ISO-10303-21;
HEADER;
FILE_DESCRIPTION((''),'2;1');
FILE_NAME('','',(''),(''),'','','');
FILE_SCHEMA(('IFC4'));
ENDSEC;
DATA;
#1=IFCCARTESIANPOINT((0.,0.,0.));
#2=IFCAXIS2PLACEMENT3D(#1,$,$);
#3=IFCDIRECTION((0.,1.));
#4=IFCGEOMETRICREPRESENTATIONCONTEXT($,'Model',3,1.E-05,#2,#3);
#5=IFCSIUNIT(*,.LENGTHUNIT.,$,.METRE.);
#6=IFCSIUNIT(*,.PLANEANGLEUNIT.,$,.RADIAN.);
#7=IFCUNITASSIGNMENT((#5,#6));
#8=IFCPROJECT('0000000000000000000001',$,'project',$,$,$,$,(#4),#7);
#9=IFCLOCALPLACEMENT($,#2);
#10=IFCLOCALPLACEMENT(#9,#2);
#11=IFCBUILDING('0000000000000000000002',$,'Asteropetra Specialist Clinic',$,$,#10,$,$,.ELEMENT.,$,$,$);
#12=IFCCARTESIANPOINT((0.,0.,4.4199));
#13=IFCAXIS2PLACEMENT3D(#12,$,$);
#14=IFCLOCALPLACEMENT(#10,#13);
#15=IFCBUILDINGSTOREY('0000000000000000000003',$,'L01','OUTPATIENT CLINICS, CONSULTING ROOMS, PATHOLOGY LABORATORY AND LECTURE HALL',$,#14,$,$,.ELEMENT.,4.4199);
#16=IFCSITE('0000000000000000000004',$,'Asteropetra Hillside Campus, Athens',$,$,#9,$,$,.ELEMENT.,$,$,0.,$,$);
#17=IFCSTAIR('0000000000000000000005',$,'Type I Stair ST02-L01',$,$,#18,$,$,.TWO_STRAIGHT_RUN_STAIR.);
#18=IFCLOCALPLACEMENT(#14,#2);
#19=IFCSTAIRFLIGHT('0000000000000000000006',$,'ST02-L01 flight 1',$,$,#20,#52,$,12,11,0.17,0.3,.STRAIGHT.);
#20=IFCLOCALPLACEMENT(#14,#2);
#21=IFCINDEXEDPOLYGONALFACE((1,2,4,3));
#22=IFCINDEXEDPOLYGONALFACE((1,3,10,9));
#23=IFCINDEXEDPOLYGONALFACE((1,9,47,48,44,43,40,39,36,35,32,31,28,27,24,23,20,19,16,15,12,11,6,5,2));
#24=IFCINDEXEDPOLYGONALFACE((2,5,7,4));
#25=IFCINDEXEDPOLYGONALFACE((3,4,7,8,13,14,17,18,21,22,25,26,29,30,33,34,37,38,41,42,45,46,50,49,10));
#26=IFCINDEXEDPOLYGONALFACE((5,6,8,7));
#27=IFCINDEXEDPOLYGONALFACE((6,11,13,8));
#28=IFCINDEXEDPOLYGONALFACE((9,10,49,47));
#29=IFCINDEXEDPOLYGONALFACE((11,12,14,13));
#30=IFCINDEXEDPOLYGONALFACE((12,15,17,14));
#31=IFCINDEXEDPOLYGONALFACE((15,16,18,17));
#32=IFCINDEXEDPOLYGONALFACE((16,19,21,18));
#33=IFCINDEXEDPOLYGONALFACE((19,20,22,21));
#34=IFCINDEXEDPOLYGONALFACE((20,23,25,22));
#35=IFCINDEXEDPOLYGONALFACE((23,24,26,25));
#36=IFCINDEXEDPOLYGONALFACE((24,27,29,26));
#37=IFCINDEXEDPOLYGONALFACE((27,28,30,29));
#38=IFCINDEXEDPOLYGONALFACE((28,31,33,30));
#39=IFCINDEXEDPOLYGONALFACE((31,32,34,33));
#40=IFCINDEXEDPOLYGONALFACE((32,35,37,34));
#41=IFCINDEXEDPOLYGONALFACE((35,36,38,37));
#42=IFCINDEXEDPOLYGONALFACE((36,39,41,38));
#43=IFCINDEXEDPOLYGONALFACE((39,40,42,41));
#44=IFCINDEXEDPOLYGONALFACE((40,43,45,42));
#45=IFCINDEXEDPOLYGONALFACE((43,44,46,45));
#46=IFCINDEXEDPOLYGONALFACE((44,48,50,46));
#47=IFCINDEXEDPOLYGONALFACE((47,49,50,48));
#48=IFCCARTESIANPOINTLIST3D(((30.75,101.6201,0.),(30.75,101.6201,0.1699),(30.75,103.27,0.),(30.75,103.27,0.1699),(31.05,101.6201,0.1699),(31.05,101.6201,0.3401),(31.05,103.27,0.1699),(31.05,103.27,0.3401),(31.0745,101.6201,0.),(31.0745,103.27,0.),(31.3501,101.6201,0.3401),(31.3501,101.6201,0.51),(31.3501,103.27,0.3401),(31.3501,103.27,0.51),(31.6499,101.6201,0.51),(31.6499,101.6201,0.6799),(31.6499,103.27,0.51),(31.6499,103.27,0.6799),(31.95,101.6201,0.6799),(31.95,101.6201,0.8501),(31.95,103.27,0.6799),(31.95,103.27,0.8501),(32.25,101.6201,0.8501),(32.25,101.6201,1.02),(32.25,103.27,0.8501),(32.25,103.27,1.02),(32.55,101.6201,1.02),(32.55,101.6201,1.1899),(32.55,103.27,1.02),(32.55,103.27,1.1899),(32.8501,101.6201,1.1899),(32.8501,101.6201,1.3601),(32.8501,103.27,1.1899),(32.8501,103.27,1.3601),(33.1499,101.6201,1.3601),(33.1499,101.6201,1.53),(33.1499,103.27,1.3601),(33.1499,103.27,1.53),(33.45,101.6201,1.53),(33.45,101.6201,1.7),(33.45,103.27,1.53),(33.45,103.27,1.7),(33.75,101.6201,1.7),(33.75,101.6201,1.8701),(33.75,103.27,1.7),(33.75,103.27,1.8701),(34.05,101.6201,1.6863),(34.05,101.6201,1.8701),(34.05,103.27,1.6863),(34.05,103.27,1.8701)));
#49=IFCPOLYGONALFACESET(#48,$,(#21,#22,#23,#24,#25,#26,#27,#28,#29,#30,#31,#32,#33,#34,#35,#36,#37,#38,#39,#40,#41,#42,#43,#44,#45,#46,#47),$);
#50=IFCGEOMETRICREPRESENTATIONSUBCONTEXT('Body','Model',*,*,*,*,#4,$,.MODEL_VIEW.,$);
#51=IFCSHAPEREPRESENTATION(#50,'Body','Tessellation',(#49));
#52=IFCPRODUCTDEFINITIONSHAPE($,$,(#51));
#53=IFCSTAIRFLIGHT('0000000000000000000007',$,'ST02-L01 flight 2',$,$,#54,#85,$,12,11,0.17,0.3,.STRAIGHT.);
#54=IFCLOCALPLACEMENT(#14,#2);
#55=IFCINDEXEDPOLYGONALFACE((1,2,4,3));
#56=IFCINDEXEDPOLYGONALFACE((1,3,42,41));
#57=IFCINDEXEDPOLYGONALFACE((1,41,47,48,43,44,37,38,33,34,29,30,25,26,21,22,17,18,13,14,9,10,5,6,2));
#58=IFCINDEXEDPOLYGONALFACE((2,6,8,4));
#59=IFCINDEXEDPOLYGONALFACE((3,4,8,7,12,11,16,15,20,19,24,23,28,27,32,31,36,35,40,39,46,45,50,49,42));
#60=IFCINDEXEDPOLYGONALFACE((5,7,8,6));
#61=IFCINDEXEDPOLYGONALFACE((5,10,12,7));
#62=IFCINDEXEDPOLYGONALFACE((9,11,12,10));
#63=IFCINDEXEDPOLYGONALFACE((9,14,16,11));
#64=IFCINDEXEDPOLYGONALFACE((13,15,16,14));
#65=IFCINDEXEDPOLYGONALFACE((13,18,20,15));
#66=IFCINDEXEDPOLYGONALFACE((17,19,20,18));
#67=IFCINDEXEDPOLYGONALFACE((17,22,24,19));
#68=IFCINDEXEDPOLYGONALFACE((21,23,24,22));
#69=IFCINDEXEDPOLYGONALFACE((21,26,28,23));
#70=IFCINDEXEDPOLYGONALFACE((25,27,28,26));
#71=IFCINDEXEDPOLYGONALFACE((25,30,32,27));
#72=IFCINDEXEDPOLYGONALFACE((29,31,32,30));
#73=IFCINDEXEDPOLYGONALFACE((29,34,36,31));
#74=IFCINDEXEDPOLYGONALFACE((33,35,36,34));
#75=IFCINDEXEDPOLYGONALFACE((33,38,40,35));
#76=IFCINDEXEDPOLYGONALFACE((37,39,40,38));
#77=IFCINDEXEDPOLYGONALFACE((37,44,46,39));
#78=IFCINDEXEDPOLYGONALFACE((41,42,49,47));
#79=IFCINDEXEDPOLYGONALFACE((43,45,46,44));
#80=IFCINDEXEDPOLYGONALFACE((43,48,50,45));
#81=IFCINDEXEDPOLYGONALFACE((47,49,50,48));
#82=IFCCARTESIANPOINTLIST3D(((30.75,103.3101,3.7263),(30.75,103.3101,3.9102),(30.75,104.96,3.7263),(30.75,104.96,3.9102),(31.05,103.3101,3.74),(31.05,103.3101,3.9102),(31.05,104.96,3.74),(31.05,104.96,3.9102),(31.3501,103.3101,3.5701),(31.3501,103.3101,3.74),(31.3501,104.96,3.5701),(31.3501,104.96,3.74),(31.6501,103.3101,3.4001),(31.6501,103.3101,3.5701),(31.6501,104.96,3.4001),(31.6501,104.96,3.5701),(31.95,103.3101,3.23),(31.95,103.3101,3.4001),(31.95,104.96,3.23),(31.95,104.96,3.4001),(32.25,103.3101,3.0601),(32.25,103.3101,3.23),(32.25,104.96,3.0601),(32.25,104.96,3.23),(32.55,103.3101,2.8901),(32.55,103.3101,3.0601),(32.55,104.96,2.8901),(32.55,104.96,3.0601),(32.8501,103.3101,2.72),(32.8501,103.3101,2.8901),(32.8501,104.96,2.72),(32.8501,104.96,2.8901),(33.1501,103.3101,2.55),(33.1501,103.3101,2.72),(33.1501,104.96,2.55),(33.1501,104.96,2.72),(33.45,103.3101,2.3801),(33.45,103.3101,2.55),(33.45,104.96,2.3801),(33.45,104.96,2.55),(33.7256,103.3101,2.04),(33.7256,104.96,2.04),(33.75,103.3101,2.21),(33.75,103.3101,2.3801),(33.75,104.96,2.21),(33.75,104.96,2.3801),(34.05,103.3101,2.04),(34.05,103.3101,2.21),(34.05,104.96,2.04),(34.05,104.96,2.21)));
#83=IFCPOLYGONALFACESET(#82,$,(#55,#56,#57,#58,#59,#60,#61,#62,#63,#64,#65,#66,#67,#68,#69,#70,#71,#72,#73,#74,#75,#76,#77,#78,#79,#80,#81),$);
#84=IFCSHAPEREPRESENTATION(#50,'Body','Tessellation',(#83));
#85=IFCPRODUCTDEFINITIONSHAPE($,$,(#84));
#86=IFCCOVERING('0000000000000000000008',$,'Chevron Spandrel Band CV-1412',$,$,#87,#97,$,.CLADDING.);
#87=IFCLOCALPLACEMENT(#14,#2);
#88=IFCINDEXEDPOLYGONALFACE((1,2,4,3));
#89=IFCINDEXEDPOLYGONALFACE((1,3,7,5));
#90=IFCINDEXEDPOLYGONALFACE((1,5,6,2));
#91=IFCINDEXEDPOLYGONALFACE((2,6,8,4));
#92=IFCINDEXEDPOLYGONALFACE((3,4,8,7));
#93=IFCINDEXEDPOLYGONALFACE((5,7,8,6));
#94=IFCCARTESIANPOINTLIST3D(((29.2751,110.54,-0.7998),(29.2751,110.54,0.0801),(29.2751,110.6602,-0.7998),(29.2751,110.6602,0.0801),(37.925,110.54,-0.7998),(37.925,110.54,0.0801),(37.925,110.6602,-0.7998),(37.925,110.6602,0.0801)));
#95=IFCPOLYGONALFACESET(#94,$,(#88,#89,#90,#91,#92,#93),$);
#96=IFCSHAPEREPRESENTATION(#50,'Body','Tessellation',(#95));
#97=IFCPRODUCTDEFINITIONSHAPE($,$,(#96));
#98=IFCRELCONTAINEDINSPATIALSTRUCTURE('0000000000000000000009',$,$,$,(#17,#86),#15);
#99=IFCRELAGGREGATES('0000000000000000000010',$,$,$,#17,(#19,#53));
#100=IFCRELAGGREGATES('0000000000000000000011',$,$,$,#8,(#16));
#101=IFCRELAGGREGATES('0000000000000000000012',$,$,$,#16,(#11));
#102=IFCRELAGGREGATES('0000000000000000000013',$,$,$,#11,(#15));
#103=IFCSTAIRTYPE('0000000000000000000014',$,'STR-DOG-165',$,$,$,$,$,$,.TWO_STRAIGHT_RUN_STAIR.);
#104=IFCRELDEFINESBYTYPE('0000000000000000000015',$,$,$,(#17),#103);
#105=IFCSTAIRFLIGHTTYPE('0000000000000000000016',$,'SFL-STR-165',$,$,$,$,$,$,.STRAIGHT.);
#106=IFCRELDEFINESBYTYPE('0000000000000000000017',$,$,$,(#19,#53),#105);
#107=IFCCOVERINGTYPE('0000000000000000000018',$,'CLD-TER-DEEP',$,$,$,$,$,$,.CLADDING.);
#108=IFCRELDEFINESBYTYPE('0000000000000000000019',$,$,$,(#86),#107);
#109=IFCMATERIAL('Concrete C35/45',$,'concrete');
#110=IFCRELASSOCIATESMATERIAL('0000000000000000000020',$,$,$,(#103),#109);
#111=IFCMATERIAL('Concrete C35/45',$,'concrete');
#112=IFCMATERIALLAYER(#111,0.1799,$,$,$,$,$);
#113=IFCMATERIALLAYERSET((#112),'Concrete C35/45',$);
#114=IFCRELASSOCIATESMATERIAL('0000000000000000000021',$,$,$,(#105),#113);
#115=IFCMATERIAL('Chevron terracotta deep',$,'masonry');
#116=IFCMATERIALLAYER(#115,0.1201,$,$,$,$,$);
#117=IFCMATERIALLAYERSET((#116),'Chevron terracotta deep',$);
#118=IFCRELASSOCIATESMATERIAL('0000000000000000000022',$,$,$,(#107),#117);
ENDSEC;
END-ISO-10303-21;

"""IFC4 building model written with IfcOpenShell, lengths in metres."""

from ifc_helpers import new_model, si_unit, direction, frame, origin, origin_2d, place, context, subcontext, project, spatial, polyline, rectangle, outline, extrude, material, layer, layer_set, type_object, element, aggregate, save


model = new_model("IFC4")

# Units and contexts
model_context = context("Model", 3, precision=1e-05, world=origin(), true_north=direction((0.0, 1.0)))
body_context = subcontext(model_context, "Body", "Model", "MODEL_VIEW")
ifc_project = project(units=[si_unit("LENGTHUNIT", "METRE"), si_unit("PLANEANGLEUNIT", "RADIAN")], contexts=[model_context])

# Site, building, storey
site_placement = place(None, origin())
site = spatial("IfcSite", under=ifc_project, at=site_placement, Name="Asteropetra Hillside Campus, Athens", CompositionType="ELEMENT", RefElevation=0.0)
building_placement = place(site_placement, origin())
building = spatial("IfcBuilding", under=site, at=building_placement, Name="Asteropetra Specialist Clinic", CompositionType="ELEMENT")
storey_placement = place(building_placement, frame((0.0, 0.0, 4.4199)))
storey = spatial("IfcBuildingStorey", under=building, at=storey_placement, Name="L01", Description="OUTPATIENT CLINICS, CONSULTING ROOMS, PATHOLOGY LABORATORY AND LECTURE HALL", CompositionType="ELEMENT", Elevation=4.4199)

# Stair, stair flights
ifc_material_1 = material(Name="Concrete C35/45", Category="concrete")
stair_type = type_object("IfcStairType", Name="STR-DOG-165", PredefinedType="TWO_STRAIGHT_RUN_STAIR", material=ifc_material_1)
stair_placement = place(storey_placement, origin())
stair = element("IfcStair", 1, at=stair_placement, inside=storey, type_object=stair_type, Name="Type I Stair ST02-L01", PredefinedType="TWO_STRAIGHT_RUN_STAIR")
ifc_material_2 = material(Name="Concrete C35/45", Category="concrete")
ifc_layer_1 = layer(ifc_material_2, 0.1799)
ifc_layer_set_1 = layer_set([ifc_layer_1], Name="Concrete C35/45")
stair_flight_type = type_object("IfcStairFlightType", Name="SFL-STR-165", PredefinedType="STRAIGHT", material=ifc_layer_set_1)
stair_flight_1_placement = place(storey_placement, frame((30.75, 102.4451, 0.0), z_axis=(0.0, 0.0, 1.0), x_axis=(1.0, 0.0, 0.0)))
stair_flight_1 = element("IfcStairFlight", 2, at=stair_flight_1_placement, type_object=stair_flight_type, Name="ST02-L01 flight 1", NumberOfRisers=12, NumberOfTreads=11, PredefinedType="STRAIGHT", RiserHeight=0.17, TreadLength=0.3, context=body_context, shape_type="SweptSolid", body=[
    extrude(outline(polyline([(0.0, 0.0), (0.0, 0.1699), (0.3, 0.1699), (0.3, 0.3401), (0.6001, 0.3401), (0.6001, 0.51), (0.8999, 0.51), (0.8999, 0.6799), (1.2, 0.6799), (1.2, 0.8501), (1.5, 0.8501), (1.5, 1.02), (1.8, 1.02), (1.8, 1.1899), (2.1001, 1.1899), (2.1001, 1.3601), (2.3999, 1.3601), (2.3999, 1.53), (2.7, 1.53), (2.7, 1.7), (3.0, 1.7), (3.0, 1.8701), (3.3, 1.8701), (3.3, 2.04), (3.3, 1.6863), (0.3245, 0.0), (0.0, 0.0)])), frame((0.0, 0.825, 0.0), z_axis=(0.0, -1.0, 0.0), x_axis=(1.0, 0.0, 0.0)), (0.0, 0.0, 1.0), 1.6499),
])
stair_flight_2_placement = place(storey_placement, frame((34.05, 104.135, 2.04), z_axis=(0.0, 0.0, 1.0), x_axis=(-1.0, 0.0, 0.0)))
stair_flight_2 = element("IfcStairFlight", 3, at=stair_flight_2_placement, type_object=stair_flight_type, Name="ST02-L01 flight 2", NumberOfRisers=12, NumberOfTreads=11, PredefinedType="STRAIGHT", RiserHeight=0.17, TreadLength=0.3, context=body_context, shape_type="SweptSolid", body=[
    extrude(outline(polyline([(0.0, 0.0), (0.0, 0.1699), (0.3, 0.1699), (0.3, 0.3401), (0.6001, 0.3401), (0.6001, 0.51), (0.8999, 0.51), (0.8999, 0.6799), (1.2, 0.6799), (1.2, 0.8501), (1.5, 0.8501), (1.5, 1.02), (1.8, 1.02), (1.8, 1.1899), (2.1001, 1.1899), (2.1001, 1.3601), (2.3999, 1.3601), (2.3999, 1.53), (2.7, 1.53), (2.7, 1.7), (3.0, 1.7), (3.0, 1.8701), (3.3, 1.8701), (3.3, 2.04), (3.3, 1.6863), (0.3245, 0.0), (0.0, 0.0)])), frame((0.0, 0.825, 0.0), z_axis=(0.0, -1.0, 0.0), x_axis=(1.0, 0.0, 0.0)), (0.0, 0.0, 1.0), 1.6499),
])
aggregate(stair, [stair_flight_1, stair_flight_2])

# Covering
ifc_material_3 = material(Name="Chevron terracotta deep", Category="masonry")
ifc_layer_2 = layer(ifc_material_3, 0.1201)
ifc_layer_set_2 = layer_set([ifc_layer_2], Name="Chevron terracotta deep")
covering_type = type_object("IfcCoveringType", Name="CLD-TER-DEEP", PredefinedType="CLADDING", material=ifc_layer_set_2)
covering_placement = place(storey_placement, frame((33.6001, 110.6001, -0.7998), z_axis=(0.0, 0.0, 1.0), x_axis=(1.0, 0.0, 0.0)))
element("IfcCovering", 4, at=covering_placement, inside=storey, type_object=covering_type, Name="Chevron Spandrel Band CV-1412", PredefinedType="CLADDING", context=body_context, shape_type="SweptSolid", body=[
    extrude(rectangle(XDim=8.6499, YDim=0.1201, at=origin_2d()), origin(), (0.0, 0.0, 1.0), 0.8799),
])

save(model, "model.ifc")
